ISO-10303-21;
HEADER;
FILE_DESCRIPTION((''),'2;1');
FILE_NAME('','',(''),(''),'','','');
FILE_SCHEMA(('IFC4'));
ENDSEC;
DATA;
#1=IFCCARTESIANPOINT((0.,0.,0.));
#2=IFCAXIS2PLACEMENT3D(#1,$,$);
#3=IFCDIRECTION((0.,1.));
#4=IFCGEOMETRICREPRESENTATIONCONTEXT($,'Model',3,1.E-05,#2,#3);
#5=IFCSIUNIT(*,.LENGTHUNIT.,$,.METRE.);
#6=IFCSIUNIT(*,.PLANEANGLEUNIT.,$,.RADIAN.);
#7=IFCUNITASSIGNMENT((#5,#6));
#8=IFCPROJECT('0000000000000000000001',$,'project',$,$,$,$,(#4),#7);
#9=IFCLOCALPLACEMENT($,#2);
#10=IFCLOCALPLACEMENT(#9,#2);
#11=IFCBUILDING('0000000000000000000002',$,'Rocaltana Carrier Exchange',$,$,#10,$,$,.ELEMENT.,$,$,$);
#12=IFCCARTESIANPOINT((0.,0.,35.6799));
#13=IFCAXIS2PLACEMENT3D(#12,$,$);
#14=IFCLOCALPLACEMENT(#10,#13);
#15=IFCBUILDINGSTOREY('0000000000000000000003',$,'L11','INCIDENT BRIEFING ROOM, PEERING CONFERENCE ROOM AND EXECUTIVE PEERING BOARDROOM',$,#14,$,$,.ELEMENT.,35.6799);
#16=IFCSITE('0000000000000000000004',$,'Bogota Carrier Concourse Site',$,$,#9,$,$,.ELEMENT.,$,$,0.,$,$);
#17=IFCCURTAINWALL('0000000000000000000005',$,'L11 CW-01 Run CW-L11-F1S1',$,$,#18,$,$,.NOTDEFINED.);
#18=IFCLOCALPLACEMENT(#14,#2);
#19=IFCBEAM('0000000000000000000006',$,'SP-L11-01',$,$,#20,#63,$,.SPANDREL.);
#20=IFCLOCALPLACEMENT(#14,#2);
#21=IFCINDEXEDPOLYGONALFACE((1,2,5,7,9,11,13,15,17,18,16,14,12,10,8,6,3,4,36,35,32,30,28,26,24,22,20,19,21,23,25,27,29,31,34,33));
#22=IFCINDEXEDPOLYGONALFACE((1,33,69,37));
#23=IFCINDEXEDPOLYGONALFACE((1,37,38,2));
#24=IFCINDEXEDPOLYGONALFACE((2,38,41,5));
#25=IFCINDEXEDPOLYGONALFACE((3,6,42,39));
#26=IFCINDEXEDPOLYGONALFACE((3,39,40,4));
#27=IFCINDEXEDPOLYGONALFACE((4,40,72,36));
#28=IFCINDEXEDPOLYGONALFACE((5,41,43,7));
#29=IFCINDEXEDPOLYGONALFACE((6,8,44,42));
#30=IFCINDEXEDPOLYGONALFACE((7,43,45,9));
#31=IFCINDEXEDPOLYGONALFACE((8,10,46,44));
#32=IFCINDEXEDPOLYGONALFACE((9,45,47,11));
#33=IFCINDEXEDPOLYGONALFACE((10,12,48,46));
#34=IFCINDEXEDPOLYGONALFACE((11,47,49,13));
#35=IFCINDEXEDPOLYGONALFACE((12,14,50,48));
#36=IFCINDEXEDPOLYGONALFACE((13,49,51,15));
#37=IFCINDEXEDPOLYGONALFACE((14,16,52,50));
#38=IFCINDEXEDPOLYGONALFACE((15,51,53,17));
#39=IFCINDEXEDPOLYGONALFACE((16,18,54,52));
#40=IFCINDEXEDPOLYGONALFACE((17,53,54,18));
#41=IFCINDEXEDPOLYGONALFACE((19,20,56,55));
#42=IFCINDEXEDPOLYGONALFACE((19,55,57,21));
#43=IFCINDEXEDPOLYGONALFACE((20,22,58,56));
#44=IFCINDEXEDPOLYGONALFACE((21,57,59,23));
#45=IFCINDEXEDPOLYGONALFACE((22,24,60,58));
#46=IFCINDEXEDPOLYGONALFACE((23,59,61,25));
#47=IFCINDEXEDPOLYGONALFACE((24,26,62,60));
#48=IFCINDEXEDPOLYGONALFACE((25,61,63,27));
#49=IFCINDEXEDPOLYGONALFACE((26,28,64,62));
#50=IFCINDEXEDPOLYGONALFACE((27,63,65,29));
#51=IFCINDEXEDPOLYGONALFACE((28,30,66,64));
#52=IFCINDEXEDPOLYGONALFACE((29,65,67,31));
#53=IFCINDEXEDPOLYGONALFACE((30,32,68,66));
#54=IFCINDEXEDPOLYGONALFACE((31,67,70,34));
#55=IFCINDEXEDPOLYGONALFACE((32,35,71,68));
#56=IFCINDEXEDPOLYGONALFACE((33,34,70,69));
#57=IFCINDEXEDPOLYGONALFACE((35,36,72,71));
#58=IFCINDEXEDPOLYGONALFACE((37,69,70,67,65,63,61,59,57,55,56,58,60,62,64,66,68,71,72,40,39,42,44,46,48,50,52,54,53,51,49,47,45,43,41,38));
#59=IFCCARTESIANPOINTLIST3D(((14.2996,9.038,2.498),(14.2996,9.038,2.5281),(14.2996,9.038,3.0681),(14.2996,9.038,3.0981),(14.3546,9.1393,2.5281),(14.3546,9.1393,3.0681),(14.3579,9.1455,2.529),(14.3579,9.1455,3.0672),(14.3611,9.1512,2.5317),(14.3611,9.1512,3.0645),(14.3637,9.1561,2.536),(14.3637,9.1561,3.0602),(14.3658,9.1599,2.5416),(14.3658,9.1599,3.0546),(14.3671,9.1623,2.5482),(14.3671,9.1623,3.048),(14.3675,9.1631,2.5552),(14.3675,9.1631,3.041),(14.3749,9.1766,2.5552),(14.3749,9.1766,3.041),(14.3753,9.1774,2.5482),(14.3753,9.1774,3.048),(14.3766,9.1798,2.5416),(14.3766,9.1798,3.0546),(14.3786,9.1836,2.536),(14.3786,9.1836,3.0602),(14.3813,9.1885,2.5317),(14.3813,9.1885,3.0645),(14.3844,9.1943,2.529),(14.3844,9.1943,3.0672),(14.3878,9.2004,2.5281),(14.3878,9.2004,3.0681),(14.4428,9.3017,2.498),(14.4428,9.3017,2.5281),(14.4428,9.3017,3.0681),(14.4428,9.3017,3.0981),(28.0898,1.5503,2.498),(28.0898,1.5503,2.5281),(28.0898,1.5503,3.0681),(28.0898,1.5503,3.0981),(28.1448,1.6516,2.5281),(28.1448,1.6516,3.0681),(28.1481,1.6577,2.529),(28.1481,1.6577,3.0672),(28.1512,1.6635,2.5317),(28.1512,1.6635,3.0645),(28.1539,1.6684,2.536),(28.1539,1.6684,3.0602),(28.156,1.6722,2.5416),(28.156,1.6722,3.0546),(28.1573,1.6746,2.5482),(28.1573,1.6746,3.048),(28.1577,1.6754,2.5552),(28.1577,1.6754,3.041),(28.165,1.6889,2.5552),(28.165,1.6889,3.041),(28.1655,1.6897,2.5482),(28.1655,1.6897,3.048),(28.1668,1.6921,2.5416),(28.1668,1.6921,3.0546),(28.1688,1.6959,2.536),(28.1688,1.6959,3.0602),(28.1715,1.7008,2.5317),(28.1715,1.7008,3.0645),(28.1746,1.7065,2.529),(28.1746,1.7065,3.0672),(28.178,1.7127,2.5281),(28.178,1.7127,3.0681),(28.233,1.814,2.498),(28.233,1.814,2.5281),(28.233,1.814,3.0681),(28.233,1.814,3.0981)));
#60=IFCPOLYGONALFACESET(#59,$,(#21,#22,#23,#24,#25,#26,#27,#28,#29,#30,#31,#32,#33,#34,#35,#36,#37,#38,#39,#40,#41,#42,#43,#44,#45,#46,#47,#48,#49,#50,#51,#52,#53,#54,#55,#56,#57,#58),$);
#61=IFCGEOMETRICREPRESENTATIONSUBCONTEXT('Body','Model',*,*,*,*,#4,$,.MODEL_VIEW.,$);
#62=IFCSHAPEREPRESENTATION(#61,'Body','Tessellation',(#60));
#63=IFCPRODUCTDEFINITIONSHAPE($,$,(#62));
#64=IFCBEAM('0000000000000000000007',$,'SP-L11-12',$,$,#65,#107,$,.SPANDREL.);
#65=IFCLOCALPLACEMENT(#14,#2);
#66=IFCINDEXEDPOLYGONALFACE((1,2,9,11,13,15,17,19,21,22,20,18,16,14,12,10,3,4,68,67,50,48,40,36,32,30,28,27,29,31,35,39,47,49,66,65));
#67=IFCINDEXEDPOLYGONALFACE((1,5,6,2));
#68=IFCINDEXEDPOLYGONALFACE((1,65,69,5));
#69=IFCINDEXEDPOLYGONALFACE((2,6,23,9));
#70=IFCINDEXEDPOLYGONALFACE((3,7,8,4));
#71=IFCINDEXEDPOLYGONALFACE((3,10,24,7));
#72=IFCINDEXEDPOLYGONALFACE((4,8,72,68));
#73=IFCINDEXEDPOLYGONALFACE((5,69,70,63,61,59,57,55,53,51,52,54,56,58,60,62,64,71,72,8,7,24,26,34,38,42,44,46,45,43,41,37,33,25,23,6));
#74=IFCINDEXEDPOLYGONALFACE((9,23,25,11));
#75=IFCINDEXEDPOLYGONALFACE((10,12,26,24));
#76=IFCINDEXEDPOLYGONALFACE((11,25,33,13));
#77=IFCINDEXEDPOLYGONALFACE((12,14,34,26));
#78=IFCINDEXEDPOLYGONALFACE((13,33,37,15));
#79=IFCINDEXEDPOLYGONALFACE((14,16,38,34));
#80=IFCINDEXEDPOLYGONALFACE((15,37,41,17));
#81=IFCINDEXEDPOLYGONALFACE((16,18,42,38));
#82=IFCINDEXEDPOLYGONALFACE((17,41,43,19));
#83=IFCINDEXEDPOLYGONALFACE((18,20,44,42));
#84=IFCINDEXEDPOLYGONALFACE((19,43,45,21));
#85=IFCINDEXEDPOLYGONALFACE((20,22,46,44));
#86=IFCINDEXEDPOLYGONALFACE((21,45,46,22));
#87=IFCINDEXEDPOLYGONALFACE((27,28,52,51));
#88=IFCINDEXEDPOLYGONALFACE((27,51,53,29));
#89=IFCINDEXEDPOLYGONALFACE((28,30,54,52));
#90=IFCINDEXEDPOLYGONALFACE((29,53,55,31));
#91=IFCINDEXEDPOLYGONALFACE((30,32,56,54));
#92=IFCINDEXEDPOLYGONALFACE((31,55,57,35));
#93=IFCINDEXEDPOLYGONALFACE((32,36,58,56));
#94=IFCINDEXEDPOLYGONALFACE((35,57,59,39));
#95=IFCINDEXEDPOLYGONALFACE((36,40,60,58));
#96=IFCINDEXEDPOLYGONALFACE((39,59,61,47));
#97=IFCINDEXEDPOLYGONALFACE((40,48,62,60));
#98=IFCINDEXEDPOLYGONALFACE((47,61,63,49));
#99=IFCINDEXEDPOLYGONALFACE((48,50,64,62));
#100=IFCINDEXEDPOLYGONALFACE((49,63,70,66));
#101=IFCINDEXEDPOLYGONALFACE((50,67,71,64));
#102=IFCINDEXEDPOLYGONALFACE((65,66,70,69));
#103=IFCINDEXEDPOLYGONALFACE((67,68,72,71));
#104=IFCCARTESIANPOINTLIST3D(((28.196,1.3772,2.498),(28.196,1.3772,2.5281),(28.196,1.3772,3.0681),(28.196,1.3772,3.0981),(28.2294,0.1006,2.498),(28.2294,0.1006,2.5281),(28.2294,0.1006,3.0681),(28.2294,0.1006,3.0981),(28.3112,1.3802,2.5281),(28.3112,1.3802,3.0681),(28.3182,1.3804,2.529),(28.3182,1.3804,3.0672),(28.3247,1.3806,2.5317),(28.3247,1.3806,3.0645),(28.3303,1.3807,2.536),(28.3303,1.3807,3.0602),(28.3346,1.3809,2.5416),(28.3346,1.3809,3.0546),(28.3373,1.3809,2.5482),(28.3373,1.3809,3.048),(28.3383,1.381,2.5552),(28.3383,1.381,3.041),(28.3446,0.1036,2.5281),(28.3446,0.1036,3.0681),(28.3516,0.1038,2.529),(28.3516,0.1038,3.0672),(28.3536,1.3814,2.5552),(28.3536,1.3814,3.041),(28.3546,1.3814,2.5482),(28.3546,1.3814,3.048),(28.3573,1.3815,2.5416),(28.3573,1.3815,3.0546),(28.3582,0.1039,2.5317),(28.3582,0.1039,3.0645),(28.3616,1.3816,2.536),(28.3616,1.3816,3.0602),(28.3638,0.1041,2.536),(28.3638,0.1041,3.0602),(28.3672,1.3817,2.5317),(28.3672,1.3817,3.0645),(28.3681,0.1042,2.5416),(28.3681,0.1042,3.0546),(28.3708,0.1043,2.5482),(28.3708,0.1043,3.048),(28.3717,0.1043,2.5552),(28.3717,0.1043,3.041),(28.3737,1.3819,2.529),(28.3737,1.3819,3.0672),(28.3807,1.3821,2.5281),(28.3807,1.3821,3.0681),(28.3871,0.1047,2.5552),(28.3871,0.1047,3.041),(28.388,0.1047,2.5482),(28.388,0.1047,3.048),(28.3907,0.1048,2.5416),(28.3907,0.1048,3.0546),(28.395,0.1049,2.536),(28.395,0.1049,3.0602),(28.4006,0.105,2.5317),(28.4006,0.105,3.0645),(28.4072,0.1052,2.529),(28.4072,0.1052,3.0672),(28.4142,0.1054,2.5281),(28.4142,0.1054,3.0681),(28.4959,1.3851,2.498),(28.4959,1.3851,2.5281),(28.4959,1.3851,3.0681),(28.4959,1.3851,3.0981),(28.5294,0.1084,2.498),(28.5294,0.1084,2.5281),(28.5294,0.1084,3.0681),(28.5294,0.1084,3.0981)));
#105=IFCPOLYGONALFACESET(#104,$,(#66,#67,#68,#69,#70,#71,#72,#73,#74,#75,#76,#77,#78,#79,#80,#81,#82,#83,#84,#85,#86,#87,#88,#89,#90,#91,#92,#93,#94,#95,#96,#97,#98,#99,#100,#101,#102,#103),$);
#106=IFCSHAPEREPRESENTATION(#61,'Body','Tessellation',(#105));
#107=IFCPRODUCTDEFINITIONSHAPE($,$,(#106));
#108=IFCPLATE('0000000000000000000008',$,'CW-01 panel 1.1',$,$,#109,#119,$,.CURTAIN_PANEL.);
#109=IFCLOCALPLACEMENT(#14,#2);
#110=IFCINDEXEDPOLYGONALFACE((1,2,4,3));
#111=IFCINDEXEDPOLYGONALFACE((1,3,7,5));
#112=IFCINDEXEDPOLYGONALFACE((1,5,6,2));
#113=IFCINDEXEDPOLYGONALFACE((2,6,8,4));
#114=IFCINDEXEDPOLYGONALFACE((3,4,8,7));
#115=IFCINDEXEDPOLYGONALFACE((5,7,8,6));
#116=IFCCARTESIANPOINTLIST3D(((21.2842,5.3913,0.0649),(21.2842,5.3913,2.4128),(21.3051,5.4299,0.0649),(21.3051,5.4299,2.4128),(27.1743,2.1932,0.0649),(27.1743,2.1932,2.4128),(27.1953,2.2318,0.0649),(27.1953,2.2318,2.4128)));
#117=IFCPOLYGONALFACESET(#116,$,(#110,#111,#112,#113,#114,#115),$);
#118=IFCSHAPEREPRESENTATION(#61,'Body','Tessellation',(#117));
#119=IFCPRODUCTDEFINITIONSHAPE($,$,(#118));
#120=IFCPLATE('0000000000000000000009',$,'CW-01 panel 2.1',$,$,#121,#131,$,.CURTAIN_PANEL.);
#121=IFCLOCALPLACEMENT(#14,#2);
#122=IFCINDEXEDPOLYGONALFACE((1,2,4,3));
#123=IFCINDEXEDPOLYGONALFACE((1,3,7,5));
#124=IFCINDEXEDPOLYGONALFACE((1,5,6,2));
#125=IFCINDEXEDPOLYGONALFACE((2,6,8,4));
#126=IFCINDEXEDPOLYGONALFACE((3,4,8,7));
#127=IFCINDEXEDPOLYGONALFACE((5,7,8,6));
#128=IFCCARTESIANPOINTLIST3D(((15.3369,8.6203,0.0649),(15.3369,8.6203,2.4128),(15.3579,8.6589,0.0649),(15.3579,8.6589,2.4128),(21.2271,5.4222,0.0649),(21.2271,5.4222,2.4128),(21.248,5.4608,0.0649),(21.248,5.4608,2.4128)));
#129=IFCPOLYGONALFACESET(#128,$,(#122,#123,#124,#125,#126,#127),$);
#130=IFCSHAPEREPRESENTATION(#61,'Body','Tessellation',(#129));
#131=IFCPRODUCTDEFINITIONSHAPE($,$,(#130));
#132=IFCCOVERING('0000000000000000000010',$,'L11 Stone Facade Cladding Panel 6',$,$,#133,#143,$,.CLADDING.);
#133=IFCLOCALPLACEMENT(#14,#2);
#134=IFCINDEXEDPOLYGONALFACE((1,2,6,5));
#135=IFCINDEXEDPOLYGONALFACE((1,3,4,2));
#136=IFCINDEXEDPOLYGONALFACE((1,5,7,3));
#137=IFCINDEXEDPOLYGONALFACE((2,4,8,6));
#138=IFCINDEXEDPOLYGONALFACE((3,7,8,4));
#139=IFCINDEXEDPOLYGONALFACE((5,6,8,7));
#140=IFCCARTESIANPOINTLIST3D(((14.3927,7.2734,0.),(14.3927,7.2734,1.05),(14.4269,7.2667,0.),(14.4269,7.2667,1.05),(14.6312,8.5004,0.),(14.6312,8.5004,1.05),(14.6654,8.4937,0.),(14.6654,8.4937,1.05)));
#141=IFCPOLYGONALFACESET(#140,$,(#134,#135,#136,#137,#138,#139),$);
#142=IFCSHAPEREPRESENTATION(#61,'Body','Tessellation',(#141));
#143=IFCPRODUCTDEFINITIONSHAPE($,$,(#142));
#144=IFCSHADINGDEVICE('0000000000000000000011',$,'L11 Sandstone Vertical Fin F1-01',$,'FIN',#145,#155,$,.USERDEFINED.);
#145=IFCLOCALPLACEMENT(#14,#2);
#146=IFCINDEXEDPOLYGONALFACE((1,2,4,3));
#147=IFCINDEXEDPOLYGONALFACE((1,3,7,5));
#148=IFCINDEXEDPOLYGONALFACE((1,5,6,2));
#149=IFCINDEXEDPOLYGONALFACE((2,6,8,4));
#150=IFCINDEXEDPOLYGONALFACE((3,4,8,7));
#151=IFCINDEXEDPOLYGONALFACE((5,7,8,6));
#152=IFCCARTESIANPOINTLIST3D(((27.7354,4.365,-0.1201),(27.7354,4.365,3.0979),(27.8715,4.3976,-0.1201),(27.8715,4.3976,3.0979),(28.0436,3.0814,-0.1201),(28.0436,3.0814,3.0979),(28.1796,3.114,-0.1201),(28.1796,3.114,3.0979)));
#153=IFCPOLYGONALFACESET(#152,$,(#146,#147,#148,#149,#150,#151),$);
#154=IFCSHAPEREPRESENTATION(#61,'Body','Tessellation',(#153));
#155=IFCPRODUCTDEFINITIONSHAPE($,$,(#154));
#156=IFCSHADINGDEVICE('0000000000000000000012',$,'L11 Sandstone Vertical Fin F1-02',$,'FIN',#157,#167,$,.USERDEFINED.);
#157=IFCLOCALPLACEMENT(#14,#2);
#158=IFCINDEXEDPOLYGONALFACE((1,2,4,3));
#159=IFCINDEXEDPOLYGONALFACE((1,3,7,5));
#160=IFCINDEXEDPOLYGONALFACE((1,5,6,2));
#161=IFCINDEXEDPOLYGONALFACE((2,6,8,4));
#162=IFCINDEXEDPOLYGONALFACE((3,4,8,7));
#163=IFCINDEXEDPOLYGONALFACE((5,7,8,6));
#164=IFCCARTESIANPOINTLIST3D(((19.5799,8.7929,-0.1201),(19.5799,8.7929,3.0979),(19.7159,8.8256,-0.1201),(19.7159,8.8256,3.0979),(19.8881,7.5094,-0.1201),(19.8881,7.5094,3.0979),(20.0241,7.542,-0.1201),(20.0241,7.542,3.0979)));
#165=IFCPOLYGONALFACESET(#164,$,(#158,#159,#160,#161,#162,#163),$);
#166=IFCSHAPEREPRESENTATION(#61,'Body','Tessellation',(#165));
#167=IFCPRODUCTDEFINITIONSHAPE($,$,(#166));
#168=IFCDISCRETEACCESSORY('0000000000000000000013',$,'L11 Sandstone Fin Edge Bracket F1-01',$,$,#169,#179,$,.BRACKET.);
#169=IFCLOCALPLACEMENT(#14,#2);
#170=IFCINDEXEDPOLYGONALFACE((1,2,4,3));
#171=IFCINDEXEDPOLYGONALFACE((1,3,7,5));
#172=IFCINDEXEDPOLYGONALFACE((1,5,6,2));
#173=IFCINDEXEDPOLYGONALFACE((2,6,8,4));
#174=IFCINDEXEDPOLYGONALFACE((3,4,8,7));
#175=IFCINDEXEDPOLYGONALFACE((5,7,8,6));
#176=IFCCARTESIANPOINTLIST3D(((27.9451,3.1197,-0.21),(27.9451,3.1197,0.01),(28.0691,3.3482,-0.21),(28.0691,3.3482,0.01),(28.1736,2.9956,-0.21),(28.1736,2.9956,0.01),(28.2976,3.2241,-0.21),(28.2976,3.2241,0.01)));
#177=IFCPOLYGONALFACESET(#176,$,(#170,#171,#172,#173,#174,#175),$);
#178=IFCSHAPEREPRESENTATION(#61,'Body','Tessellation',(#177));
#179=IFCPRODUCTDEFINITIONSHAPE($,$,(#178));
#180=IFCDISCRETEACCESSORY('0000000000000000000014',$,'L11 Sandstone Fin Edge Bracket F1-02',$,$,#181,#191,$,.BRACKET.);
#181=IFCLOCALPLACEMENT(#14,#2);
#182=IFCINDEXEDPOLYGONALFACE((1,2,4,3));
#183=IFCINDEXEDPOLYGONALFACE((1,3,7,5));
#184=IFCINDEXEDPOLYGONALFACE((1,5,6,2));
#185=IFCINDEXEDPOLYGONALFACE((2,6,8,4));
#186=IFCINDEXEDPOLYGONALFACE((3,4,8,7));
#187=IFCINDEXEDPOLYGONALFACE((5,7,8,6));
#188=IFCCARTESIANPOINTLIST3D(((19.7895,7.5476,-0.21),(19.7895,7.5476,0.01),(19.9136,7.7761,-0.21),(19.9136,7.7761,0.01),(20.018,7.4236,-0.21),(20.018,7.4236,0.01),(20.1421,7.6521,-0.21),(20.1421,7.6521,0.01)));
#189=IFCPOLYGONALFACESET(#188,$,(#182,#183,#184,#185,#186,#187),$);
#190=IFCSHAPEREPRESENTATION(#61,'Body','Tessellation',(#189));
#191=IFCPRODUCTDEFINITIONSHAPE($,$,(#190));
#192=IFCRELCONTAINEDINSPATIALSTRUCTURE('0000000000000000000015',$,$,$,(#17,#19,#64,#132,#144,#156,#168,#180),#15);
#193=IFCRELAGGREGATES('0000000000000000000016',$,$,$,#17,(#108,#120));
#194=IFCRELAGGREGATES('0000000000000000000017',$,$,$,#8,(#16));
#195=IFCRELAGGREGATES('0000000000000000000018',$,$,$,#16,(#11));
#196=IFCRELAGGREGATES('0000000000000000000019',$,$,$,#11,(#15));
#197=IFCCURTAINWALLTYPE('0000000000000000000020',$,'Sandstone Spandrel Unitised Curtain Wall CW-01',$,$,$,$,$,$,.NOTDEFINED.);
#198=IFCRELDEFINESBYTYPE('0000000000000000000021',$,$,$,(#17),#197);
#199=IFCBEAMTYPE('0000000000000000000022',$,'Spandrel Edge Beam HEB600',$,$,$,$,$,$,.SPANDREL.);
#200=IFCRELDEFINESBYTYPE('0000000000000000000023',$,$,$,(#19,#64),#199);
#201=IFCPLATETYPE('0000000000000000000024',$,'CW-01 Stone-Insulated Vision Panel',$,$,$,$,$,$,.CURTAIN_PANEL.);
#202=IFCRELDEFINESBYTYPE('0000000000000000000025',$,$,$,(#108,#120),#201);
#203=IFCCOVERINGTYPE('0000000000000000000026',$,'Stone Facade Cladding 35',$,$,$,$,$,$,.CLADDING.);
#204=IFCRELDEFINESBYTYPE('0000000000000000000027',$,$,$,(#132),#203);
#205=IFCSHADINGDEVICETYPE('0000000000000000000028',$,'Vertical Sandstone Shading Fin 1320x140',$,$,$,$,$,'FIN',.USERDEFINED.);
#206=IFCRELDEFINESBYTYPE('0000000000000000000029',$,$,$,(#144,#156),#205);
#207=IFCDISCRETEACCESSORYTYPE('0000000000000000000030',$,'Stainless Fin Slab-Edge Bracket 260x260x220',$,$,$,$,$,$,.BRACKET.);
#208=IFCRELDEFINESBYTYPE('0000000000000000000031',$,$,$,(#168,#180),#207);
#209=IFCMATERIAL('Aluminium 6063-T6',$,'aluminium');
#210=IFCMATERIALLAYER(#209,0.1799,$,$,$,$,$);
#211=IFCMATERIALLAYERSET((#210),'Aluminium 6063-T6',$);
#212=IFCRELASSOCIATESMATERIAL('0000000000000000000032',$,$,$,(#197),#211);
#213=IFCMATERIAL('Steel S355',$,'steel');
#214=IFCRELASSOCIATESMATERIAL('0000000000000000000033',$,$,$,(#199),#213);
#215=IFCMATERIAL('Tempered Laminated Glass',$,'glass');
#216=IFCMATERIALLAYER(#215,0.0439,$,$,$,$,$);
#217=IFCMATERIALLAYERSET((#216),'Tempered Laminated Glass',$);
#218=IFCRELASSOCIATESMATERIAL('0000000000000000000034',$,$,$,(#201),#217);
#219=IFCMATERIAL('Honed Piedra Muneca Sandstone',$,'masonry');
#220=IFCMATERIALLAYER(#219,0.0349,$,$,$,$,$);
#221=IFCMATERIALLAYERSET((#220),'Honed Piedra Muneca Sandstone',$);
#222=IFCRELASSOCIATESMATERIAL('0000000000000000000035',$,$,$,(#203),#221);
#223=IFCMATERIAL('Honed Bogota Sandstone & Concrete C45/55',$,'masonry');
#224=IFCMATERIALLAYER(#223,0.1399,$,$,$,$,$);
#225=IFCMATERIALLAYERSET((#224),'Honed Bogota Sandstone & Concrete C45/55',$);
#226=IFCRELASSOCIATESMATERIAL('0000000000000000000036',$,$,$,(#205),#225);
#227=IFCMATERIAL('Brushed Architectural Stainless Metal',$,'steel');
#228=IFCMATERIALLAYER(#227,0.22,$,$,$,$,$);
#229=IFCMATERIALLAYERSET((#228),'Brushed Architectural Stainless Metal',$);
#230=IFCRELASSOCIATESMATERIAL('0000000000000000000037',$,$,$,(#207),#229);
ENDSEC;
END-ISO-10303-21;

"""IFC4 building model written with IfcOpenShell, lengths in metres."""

from ifc_helpers import new_model, si_unit, direction, frame, origin, origin_2d, place, context, subcontext, project, spatial, rectangle, i_section, extrude, material, layer, layer_set, material_profile, profile_set, type_object, element, aggregate, save


model = new_model("IFC4")

# Units and contexts
model_context = context("Model", 3, precision=1e-05, world=origin(), true_north=direction((0.0, 1.0)))
body_context = subcontext(model_context, "Body", "Model", "MODEL_VIEW")
ifc_project = project(units=[si_unit("LENGTHUNIT", "METRE"), si_unit("PLANEANGLEUNIT", "RADIAN")], contexts=[model_context])

# Site, building, storey
site_placement = place(None, origin())
site = spatial("IfcSite", under=ifc_project, at=site_placement, Name="Bogota Carrier Concourse Site", CompositionType="ELEMENT", RefElevation=0.0)
building_placement = place(site_placement, origin())
building = spatial("IfcBuilding", under=site, at=building_placement, Name="Rocaltana Carrier Exchange", CompositionType="ELEMENT")
storey_placement = place(building_placement, frame((0.0, 0.0, 35.6799)))
storey = spatial("IfcBuildingStorey", under=building, at=storey_placement, Name="L11", Description="INCIDENT BRIEFING ROOM, PEERING CONFERENCE ROOM AND EXECUTIVE PEERING BOARDROOM", CompositionType="ELEMENT", Elevation=35.6799)

# Curtain wall
ifc_material_1 = material(Name="Aluminium 6063-T6", Category="aluminium")
ifc_layer_1 = layer(ifc_material_1, 0.1799)
ifc_layer_set_1 = layer_set([ifc_layer_1], Name="Aluminium 6063-T6")
curtain_wall_type = type_object("IfcCurtainWallType", Name="Sandstone Spandrel Unitised Curtain Wall CW-01", PredefinedType="NOTDEFINED", material=ifc_layer_set_1)
curtain_wall_placement = place(storey_placement, origin())
curtain_wall = element("IfcCurtainWall", 1, at=curtain_wall_placement, inside=storey, type_object=curtain_wall_type, Name="L11 CW-01 Run CW-L11-F1S1", PredefinedType="NOTDEFINED")

# Beams
ifc_material_2 = material(Name="Steel S355", Category="steel")
ifc_material_profile_1 = material_profile(ifc_material_2, i_section(OverallWidth=0.3, OverallDepth=0.6001, WebThickness=0.0154, FlangeThickness=0.03, FilletRadius=0.0271, at=origin_2d()), Name="HEB600")
ifc_profile_set_1 = profile_set([ifc_material_profile_1], Name="Steel S355")
beam_type_1 = type_object("IfcBeamType", Name="Spandrel Edge Beam HEB600", PredefinedType="SPANDREL", material=ifc_profile_set_1)
beam_1_placement = place(storey_placement, frame((28.1614, 1.6821, 2.7981), z_axis=(-0.87881, 0.477173, 0.0), x_axis=(-0.477173, -0.87881, 0.0)))
element("IfcBeam", 2, at=beam_1_placement, inside=storey, type_object=beam_type_1, Name="SP-L11-01", PredefinedType="SPANDREL", context=body_context, shape_type="SweptSolid", body=[
    extrude(i_section(OverallWidth=0.3, OverallDepth=0.6001, WebThickness=0.0154, FlangeThickness=0.03, FilletRadius=0.0271, at=origin_2d()), origin(), (0.0, 0.0, 1.0), 15.6919),
])
beam_2_placement = place(storey_placement, frame((28.3794, 0.1045, 2.7981), z_axis=(-0.026191, 0.999657, 0.0), x_axis=(-0.999657, -0.026191, 0.0)))
element("IfcBeam", 3, at=beam_2_placement, inside=storey, type_object=beam_type_1, Name="SP-L11-12", PredefinedType="SPANDREL", context=body_context, shape_type="SweptSolid", body=[
    extrude(i_section(OverallWidth=0.3, OverallDepth=0.6001, WebThickness=0.0154, FlangeThickness=0.03, FilletRadius=0.0271, at=origin_2d()), origin(), (0.0, 0.0, 1.0), 1.2771),
])

# Plates
ifc_material_3 = material(Name="Tempered Laminated Glass", Category="glass")
ifc_layer_2 = layer(ifc_material_3, 0.0439)
ifc_layer_set_2 = layer_set([ifc_layer_2], Name="Tempered Laminated Glass")
plate_type = type_object("IfcPlateType", Name="CW-01 Stone-Insulated Vision Panel", PredefinedType="CURTAIN_PANEL", material=ifc_layer_set_2)
plate_1_placement = place(storey_placement, frame((24.2397, 3.8115, 0.0649), z_axis=(0.0, 0.0, 1.0), x_axis=(-0.878816, 0.477161, 0.0)))
plate_1 = element("IfcPlate", 4, at=plate_1_placement, type_object=plate_type, Name="CW-01 panel 1.1", PredefinedType="CURTAIN_PANEL", context=body_context, shape_type="SweptSolid", body=[
    extrude(rectangle(XDim=6.7024, YDim=0.0439, at=origin_2d()), origin(), (0.0, 0.0, 1.0), 2.3479),
])
plate_2_placement = place(storey_placement, frame((18.2925, 7.0405, 0.0649), z_axis=(0.0, 0.0, 1.0), x_axis=(-0.878816, 0.477161, 0.0)))
plate_2 = element("IfcPlate", 5, at=plate_2_placement, type_object=plate_type, Name="CW-01 panel 2.1", PredefinedType="CURTAIN_PANEL", context=body_context, shape_type="SweptSolid", body=[
    extrude(rectangle(XDim=6.7024, YDim=0.0439, at=origin_2d()), origin(), (0.0, 0.0, 1.0), 2.3479),
])
aggregate(curtain_wall, [plate_1, plate_2])

# Covering
ifc_material_4 = material(Name="Honed Piedra Muneca Sandstone", Category="masonry")
ifc_layer_3 = layer(ifc_material_4, 0.0349)
ifc_layer_set_3 = layer_set([ifc_layer_3], Name="Honed Piedra Muneca Sandstone")
covering_type = type_object("IfcCoveringType", Name="Stone Facade Cladding 35", PredefinedType="CLADDING", material=ifc_layer_set_3)
covering_placement = place(storey_placement, frame((14.5291, 7.8835, 0.0), z_axis=(0.0, 0.0, 1.0), x_axis=(0.190809, 0.981627, 0.0)))
element("IfcCovering", 6, at=covering_placement, inside=storey, type_object=covering_type, Name="L11 Stone Facade Cladding Panel 6", PredefinedType="CLADDING", context=body_context, shape_type="SweptSolid", body=[
    extrude(rectangle(XDim=1.25, YDim=0.0349, at=origin_2d()), origin(), (0.0, 0.0, 1.0), 1.05),
])

# Shading devices
ifc_material_5 = material(Name="Honed Bogota Sandstone & Concrete C45/55", Category="masonry")
ifc_layer_4 = layer(ifc_material_5, 0.1399)
ifc_layer_set_4 = layer_set([ifc_layer_4], Name="Honed Bogota Sandstone & Concrete C45/55")
shading_device_type = type_object("IfcShadingDeviceType", Name="Vertical Sandstone Shading Fin 1320x140", ElementType="FIN", PredefinedType="USERDEFINED", material=ifc_layer_set_4)
for number, where, z_axis, x_axis, name in (
    (7, (27.9575, 3.7395, -0.1201), (0.0, 0.0, 1.0), (-0.233445, 0.97237, 0.0), "L11 Sandstone Vertical Fin F1-01"),
    (8, (19.802, 8.1675, -0.1201), (0.0, 0.0, 1.0), (-0.233445, 0.97237, 0.0), "L11 Sandstone Vertical Fin F1-02"),
):
    element("IfcShadingDevice", number, at=place(storey_placement, frame(where, z_axis=z_axis, x_axis=x_axis)), inside=storey, type_object=shading_device_type, Name=name, ObjectType="FIN", PredefinedType="USERDEFINED", context=body_context, shape_type="SweptSolid", body=[
        extrude(rectangle(XDim=1.3201, YDim=0.1399, at=origin_2d()), origin(), (0.0, 0.0, 1.0), 3.218),
    ])

# Discrete accessories
ifc_material_6 = material(Name="Brushed Architectural Stainless Metal", Category="steel")
ifc_layer_5 = layer(ifc_material_6, 0.22)
ifc_layer_set_5 = layer_set([ifc_layer_5], Name="Brushed Architectural Stainless Metal")
discrete_accessory_type = type_object("IfcDiscreteAccessoryType", Name="Stainless Fin Slab-Edge Bracket 260x260x220", PredefinedType="BRACKET", material=ifc_layer_set_5)
for number, where, z_axis, x_axis, name in (
    (9, (28.1213, 3.1719, -0.21), (0.0, 0.0, 1.0), (-0.878817, 0.477159, 0.0), "L11 Sandstone Fin Edge Bracket F1-01"),
    (10, (19.9658, 7.5999, -0.21), (0.0, 0.0, 1.0), (-0.878817, 0.477159, 0.0), "L11 Sandstone Fin Edge Bracket F1-02"),
):
    element("IfcDiscreteAccessory", number, at=place(storey_placement, frame(where, z_axis=z_axis, x_axis=x_axis)), inside=storey, type_object=discrete_accessory_type, Name=name, PredefinedType="BRACKET", context=body_context, shape_type="SweptSolid", body=[
        extrude(rectangle(XDim=0.26, YDim=0.26, at=origin_2d()), origin(), (0.0, 0.0, 1.0), 0.22),
    ])

save(model, "model.ifc")
